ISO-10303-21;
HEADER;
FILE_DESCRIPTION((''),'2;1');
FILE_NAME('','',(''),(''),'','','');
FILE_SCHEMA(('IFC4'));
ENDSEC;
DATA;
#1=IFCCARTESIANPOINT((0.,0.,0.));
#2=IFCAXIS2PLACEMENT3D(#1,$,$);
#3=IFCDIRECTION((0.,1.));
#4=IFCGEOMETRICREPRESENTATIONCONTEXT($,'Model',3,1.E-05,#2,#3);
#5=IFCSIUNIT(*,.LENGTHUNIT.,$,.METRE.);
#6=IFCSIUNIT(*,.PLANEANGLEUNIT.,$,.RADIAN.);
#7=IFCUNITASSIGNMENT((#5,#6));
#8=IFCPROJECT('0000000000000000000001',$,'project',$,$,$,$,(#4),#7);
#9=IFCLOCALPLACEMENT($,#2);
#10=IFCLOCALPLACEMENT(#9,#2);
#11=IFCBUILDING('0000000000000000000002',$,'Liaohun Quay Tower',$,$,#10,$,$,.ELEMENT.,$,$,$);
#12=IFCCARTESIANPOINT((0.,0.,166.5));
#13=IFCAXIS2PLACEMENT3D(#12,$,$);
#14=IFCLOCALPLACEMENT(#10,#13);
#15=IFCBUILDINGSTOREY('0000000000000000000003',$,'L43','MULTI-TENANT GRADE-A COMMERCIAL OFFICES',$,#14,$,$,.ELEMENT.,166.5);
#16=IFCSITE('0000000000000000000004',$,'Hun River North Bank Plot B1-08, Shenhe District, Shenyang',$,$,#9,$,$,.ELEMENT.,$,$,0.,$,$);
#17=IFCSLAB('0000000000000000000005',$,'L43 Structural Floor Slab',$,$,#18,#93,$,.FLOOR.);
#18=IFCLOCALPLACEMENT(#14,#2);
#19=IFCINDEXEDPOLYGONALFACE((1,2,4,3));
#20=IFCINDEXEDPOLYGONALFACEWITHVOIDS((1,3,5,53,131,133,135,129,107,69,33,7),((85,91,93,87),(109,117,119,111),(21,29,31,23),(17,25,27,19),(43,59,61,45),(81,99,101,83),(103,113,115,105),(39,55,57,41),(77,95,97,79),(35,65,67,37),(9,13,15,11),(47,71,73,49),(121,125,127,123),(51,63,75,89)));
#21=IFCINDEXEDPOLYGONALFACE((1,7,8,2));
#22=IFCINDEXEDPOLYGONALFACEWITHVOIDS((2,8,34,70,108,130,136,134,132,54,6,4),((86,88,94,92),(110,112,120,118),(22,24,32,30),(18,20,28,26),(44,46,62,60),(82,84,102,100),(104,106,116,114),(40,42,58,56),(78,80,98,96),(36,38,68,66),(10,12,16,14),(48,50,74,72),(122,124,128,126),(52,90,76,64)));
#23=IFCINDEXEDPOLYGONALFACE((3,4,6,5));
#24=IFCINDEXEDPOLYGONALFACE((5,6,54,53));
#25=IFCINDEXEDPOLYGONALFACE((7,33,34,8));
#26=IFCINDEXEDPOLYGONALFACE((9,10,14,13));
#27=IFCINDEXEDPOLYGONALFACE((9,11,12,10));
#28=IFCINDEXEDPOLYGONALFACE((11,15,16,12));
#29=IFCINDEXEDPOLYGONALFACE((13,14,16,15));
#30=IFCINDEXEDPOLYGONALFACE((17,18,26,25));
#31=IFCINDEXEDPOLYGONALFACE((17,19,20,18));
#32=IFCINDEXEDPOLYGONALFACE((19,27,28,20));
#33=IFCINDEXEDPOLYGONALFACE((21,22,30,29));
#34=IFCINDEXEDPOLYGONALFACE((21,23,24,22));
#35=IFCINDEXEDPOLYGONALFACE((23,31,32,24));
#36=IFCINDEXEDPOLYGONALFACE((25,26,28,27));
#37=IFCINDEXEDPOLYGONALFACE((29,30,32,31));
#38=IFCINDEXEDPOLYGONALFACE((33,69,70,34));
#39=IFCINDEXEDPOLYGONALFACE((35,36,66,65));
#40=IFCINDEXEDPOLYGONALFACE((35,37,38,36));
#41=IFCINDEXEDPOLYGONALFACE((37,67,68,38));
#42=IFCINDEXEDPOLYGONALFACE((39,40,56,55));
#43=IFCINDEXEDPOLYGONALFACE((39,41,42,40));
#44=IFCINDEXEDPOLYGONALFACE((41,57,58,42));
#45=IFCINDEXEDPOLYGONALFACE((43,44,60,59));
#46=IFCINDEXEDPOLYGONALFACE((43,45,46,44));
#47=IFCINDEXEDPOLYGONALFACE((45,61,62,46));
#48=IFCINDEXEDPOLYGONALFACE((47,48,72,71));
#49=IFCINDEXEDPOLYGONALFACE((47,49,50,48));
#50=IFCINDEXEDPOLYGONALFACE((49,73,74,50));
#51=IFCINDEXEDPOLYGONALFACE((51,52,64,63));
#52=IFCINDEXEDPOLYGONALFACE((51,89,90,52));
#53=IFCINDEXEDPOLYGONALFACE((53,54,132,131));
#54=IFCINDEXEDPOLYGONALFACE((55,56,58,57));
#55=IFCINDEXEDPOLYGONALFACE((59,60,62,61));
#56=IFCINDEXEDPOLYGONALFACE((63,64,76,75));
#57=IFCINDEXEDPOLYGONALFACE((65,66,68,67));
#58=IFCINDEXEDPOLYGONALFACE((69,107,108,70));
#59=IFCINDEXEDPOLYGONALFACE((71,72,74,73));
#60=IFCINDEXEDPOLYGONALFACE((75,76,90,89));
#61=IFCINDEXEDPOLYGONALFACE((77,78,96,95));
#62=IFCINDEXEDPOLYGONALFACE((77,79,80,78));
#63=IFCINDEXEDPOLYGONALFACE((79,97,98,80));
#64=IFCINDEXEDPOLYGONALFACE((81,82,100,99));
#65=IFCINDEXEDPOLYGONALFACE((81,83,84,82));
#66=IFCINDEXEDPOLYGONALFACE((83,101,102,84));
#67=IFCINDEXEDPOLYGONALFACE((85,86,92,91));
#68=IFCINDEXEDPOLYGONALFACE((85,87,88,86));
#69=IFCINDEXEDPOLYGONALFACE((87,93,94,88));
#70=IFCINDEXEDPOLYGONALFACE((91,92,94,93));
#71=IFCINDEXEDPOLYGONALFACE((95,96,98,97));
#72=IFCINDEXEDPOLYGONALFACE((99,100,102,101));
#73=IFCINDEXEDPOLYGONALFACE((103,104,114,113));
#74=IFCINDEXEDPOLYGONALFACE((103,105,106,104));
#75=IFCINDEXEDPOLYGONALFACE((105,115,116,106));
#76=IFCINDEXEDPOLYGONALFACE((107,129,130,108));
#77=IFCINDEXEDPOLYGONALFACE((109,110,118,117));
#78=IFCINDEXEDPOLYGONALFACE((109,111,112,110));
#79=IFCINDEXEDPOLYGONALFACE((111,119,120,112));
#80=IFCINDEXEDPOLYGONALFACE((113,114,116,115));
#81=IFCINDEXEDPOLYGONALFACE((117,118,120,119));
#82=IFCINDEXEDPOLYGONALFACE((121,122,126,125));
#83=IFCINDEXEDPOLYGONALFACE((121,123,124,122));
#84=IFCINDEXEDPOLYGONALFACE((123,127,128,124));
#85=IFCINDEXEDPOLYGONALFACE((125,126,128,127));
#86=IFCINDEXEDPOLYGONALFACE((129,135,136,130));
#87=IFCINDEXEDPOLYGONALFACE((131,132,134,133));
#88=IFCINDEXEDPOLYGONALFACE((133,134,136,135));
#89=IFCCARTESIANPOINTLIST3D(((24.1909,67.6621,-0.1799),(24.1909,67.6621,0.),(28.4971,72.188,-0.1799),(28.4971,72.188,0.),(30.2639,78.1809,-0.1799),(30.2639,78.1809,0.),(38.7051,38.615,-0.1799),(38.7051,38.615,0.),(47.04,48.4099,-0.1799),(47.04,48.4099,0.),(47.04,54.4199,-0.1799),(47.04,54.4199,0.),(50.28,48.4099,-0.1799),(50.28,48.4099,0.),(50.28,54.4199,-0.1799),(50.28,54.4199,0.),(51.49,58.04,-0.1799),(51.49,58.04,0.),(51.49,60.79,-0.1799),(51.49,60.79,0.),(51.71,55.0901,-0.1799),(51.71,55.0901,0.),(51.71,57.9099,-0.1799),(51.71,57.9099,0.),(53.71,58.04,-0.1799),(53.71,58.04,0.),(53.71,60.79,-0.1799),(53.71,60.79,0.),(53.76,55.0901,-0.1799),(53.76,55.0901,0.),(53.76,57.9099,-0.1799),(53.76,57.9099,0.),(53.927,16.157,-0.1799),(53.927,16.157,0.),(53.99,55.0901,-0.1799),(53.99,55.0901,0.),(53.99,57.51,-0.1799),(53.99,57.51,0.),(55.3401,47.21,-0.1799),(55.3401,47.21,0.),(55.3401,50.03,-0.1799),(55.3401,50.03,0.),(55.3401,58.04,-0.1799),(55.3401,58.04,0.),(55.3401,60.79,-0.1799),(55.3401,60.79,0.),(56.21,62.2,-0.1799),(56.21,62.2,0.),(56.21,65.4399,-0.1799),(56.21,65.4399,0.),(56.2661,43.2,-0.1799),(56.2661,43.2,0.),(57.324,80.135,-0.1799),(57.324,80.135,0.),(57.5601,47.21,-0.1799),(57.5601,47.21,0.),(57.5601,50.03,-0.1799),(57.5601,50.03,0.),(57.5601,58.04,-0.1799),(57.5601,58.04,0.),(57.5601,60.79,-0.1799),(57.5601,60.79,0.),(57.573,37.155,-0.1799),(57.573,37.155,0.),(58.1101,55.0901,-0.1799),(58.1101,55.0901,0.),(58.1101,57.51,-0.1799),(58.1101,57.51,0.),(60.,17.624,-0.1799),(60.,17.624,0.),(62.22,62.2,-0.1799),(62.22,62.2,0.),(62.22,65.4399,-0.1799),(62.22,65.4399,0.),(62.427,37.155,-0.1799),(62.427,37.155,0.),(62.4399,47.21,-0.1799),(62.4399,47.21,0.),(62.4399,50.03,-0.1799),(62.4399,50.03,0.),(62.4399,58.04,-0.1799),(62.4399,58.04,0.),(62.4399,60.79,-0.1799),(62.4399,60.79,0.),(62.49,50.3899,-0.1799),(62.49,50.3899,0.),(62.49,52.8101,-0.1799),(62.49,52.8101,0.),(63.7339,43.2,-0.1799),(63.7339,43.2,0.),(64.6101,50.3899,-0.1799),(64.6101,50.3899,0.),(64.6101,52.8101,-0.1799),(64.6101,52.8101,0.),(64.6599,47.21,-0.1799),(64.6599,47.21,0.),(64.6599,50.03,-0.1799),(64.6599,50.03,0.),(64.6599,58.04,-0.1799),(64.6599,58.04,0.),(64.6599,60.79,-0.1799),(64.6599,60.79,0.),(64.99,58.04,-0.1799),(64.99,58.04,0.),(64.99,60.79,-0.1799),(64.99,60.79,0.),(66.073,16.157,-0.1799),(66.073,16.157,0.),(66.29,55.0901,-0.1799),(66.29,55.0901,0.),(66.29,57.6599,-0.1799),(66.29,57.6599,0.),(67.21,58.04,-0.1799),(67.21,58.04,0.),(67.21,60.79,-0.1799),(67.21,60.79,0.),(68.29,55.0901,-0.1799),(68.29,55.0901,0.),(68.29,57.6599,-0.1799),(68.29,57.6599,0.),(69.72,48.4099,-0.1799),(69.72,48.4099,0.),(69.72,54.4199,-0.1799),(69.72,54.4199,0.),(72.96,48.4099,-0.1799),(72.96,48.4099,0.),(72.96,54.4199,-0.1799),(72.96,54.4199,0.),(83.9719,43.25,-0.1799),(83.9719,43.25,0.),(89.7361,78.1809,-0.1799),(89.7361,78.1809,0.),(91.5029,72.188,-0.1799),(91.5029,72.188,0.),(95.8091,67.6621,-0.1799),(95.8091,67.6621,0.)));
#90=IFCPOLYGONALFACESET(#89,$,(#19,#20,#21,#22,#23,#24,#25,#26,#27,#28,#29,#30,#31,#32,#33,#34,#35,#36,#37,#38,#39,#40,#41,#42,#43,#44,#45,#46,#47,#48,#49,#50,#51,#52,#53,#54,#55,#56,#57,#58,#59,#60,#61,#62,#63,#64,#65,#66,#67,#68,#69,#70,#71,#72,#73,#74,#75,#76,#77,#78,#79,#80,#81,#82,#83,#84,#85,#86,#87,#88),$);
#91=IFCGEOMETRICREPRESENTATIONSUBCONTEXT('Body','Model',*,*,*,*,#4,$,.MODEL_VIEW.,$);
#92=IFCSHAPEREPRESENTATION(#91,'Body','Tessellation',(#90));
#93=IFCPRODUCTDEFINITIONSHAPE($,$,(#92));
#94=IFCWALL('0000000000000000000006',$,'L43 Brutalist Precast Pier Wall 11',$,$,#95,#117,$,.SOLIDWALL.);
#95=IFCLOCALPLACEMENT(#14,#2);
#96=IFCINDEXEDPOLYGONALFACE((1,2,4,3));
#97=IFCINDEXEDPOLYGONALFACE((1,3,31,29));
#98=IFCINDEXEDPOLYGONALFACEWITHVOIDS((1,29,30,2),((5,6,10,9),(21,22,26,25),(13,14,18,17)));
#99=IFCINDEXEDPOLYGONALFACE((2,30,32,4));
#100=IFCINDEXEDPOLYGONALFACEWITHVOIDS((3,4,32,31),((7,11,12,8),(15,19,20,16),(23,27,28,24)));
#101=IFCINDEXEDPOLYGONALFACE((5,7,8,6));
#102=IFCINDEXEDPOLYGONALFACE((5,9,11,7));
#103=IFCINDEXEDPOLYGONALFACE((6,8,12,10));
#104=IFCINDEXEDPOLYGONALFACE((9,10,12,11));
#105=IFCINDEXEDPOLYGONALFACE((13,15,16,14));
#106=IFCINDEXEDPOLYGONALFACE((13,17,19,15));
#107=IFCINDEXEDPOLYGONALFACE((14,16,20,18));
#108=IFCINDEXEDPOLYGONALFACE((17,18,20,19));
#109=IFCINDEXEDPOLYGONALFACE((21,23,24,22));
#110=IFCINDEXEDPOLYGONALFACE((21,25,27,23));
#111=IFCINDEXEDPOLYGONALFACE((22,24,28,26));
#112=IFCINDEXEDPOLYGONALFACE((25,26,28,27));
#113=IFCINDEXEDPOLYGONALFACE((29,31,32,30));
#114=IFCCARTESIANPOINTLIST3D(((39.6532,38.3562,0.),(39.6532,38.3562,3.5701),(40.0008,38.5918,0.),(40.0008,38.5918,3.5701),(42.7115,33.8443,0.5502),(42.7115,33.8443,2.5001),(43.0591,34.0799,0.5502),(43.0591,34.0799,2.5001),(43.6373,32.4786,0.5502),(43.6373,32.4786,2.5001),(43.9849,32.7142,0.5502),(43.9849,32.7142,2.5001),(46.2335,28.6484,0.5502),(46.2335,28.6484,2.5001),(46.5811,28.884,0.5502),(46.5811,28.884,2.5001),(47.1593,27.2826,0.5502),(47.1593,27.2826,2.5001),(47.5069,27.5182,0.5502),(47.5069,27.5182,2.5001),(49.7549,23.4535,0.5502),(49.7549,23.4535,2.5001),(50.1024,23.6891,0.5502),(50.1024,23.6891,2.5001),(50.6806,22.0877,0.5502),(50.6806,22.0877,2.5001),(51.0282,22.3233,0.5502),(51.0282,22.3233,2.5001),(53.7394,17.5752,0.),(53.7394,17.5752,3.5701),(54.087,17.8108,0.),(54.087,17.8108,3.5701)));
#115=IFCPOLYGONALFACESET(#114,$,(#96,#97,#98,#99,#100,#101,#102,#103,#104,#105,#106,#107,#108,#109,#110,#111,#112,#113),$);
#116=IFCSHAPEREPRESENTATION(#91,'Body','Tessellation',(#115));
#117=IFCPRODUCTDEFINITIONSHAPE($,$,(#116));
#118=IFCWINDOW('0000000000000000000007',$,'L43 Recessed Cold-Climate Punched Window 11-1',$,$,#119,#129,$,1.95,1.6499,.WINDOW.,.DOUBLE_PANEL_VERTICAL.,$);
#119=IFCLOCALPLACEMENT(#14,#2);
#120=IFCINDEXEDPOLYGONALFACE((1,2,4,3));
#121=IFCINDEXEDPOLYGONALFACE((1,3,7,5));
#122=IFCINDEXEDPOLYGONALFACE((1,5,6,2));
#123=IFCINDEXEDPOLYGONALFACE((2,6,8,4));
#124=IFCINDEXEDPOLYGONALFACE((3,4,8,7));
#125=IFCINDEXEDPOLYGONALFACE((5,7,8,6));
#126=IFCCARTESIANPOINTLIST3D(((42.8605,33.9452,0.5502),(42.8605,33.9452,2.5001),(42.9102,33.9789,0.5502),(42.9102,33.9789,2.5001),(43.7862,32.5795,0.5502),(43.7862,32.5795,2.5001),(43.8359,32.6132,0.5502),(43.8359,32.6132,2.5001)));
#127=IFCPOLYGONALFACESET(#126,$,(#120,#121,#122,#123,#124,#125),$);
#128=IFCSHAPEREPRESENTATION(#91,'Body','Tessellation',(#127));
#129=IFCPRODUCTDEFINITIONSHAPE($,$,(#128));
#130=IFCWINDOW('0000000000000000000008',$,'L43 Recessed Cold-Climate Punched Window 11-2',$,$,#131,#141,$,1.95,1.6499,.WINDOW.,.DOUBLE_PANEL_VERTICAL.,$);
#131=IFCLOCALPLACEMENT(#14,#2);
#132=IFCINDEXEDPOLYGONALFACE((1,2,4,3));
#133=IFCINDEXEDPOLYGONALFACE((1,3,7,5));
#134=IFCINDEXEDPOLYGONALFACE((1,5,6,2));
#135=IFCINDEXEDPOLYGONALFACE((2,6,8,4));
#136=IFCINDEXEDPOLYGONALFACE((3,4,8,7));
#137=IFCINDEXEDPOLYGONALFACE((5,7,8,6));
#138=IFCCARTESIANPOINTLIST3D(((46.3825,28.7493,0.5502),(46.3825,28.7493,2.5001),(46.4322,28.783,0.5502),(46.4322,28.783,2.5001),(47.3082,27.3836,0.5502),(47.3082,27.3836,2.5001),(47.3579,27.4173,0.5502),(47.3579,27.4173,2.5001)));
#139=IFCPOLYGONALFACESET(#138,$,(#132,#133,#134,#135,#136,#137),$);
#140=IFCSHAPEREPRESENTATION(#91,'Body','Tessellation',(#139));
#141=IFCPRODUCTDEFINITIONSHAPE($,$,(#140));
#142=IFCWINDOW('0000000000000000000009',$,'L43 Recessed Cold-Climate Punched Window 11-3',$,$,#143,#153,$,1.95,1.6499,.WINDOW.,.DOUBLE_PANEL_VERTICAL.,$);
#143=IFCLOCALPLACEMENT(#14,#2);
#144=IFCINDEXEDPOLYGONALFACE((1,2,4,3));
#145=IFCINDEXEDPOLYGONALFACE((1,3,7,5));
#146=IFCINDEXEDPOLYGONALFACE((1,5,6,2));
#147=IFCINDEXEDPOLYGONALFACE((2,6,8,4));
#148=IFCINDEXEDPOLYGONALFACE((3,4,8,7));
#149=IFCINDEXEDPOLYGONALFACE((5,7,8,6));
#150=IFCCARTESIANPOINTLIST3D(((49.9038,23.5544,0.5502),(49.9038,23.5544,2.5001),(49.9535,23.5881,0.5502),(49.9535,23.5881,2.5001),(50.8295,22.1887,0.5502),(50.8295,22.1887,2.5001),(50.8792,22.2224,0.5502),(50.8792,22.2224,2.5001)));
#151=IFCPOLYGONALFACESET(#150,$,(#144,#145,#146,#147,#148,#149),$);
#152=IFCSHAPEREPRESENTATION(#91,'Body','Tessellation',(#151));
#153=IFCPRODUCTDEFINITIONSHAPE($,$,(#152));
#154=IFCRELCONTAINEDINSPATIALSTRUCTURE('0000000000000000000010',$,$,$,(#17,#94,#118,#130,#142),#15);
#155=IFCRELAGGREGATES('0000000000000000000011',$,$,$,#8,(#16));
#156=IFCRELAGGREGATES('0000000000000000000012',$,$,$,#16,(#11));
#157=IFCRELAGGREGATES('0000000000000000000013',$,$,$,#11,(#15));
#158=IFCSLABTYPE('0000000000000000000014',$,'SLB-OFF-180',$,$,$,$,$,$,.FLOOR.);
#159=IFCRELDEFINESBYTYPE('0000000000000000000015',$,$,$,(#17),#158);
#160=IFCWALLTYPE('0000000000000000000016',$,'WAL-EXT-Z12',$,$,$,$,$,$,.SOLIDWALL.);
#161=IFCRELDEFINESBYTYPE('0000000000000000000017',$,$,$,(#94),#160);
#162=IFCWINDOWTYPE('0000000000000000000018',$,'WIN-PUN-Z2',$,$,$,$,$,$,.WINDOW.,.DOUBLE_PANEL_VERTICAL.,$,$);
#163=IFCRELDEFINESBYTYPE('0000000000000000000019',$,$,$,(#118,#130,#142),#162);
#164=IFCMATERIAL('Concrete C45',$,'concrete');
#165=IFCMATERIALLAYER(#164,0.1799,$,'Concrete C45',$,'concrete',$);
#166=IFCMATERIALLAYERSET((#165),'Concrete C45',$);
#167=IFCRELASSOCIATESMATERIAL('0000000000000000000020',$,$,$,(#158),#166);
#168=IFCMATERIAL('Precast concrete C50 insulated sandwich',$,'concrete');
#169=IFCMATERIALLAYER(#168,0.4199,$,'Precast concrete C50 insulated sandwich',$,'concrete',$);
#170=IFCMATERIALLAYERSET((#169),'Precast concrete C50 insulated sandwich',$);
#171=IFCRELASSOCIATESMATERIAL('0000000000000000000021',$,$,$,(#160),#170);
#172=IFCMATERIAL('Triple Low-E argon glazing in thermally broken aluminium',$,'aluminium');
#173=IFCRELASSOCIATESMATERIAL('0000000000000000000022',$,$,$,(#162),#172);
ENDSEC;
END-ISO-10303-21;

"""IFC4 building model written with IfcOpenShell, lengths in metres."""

from ifc_helpers import new_model, si_unit, direction, frame, frame_2d, origin, place, context, subcontext, project, spatial, polyline, rectangle, outline, extrude, source, transform, mapped, material, layer, layer_set, type_object, element, fill, save


model = new_model("IFC4")

# Units and contexts
model_context = context("Model", 3, precision=1e-05, world=origin(), true_north=direction((0.0, 1.0)))
body_context = subcontext(model_context, "Body", "Model", "MODEL_VIEW")
ifc_project = project(units=[si_unit("LENGTHUNIT", "METRE"), si_unit("PLANEANGLEUNIT", "RADIAN")], contexts=[model_context])

# Site, building, storey
site_placement = place(None, origin())
site = spatial("IfcSite", under=ifc_project, at=site_placement, Name="Hun River North Bank Plot B1-08, Shenhe District, Shenyang", CompositionType="ELEMENT", RefElevation=0.0)
building_placement = place(site_placement, origin())
building = spatial("IfcBuilding", under=site, at=building_placement, Name="Liaohun Quay Tower", CompositionType="ELEMENT")
storey_placement = place(building_placement, frame((0.0, 0.0, 166.5)))
storey = spatial("IfcBuildingStorey", under=building, at=storey_placement, Name="L43", Description="MULTI-TENANT GRADE-A COMMERCIAL OFFICES", CompositionType="ELEMENT", Elevation=166.5)

# Shared definitions
ifc_material_1 = material(Name="Concrete C45", Category="concrete")

# Slab
ifc_layer_1 = layer(ifc_material_1, 0.1799, Name="Concrete C45", Category="concrete")
ifc_layer_set_1 = layer_set([ifc_layer_1], Name="Concrete C45")
slab_type_1 = type_object("IfcSlabType", Name="SLB-OFF-180", PredefinedType="FLOOR", material=ifc_layer_set_1)
slab_1_placement = place(storey_placement, frame((0.0, 0.0, -0.1799)))
element("IfcSlab", 1, at=slab_1_placement, inside=storey, type_object=slab_type_1, Name="L43 Structural Floor Slab", PredefinedType="FLOOR", context=body_context, shape_type="SweptSolid", body=[
    extrude(outline(polyline([(53.927, 16.157), (60.0, 17.624), (66.073, 16.157), (83.9719, 43.25), (95.8091, 67.6621), (91.5029, 72.188), (89.7361, 78.1809), (57.324, 80.135), (30.2639, 78.1809), (28.4971, 72.188), (24.1909, 67.6621), (38.7051, 38.615), (53.927, 16.157)]), holes=[polyline([(57.5601, 50.03), (55.3401, 50.03), (55.3401, 47.21), (57.5601, 47.21), (57.5601, 50.03)]), polyline([(50.28, 54.4199), (47.04, 54.4199), (47.04, 48.4099), (50.28, 48.4099), (50.28, 54.4199)]), polyline([(53.99, 55.0901), (58.1101, 55.0901), (58.1101, 57.51), (53.99, 57.51), (53.99, 55.0901)]), polyline([(53.76, 55.0901), (53.76, 57.9099), (51.71, 57.9099), (51.71, 55.0901), (53.76, 55.0901)]), polyline([(53.71, 58.04), (53.71, 60.79), (51.49, 60.79), (51.49, 58.04), (53.71, 58.04)]), polyline([(57.5601, 58.04), (57.5601, 60.79), (55.3401, 60.79), (55.3401, 58.04), (57.5601, 58.04)]), polyline([(62.22, 62.2), (62.22, 65.4399), (56.21, 65.4399), (56.21, 62.2), (62.22, 62.2)]), polyline([(62.427, 37.155), (63.7339, 43.2), (56.2661, 43.2), (57.573, 37.155), (62.427, 37.155)]), polyline([(64.6599, 47.21), (64.6599, 50.03), (62.4399, 50.03), (62.4399, 47.21), (64.6599, 47.21)]), polyline([(72.96, 54.4199), (69.72, 54.4199), (69.72, 48.4099), (72.96, 48.4099), (72.96, 54.4199)]), polyline([(64.6101, 50.3899), (64.6101, 52.8101), (62.49, 52.8101), (62.49, 50.3899), (64.6101, 50.3899)]), polyline([(68.29, 55.0901), (68.29, 57.6599), (66.29, 57.6599), (66.29, 55.0901), (68.29, 55.0901)]), polyline([(64.6599, 58.04), (64.6599, 60.79), (62.4399, 60.79), (62.4399, 58.04), (64.6599, 58.04)]), polyline([(67.21, 58.04), (67.21, 60.79), (64.99, 60.79), (64.99, 58.04), (67.21, 58.04)])]), origin(), (0.0, 0.0, 1.0), 0.1799),
])

# Wall, openings, windows
ifc_material_2 = material(Name="Precast concrete C50 insulated sandwich", Category="concrete")
ifc_layer_2 = layer(ifc_material_2, 0.4199, Name="Precast concrete C50 insulated sandwich", Category="concrete")
ifc_layer_set_2 = layer_set([ifc_layer_2], Name="Precast concrete C50 insulated sandwich")
wall_type_1 = type_object("IfcWallType", Name="WAL-EXT-Z12", PredefinedType="SOLIDWALL", material=ifc_layer_set_2)
wall_1_placement = place(storey_placement, frame((39.8269, 38.4741, 0.0), z_axis=(0.0, 0.0, 1.0), x_axis=(0.561086, -0.827757, 0.0)))
wall_1 = element("IfcWall", 2, at=wall_1_placement, inside=storey, type_object=wall_type_1, Name="L43 Brutalist Precast Pier Wall 11", PredefinedType="SOLIDWALL", context=body_context, shape_type="SweptSolid", body=[
    extrude(rectangle(XDim=25.1052, YDim=0.4199, at=frame_2d((12.5527, 0.0))), origin(), (0.0, 0.0, 1.0), 3.5701),
])
shared_shape_1 = source(origin(), body_context, "Body", "SweptSolid", [
    extrude(rectangle(XDim=1.6499, YDim=1.95, at=frame_2d((0.825, 0.9751))), frame((0.0, 0.22, 0.0), z_axis=(0.0, -1.0, 0.0), x_axis=(1.0, 0.0, 0.0)), (0.0, 0.0, 1.0), 0.4399),
])
opening_1_placement = place(wall_1_placement, frame((5.4509, 0.0, 0.55)))
opening_1 = element("IfcOpeningElement", 3, at=opening_1_placement, cuts=wall_1, PredefinedType="OPENING", context=body_context, shape_type="MappedRepresentation", body=[
    mapped(shared_shape_1, transform((0.0, 0.0, 0.0), x_axis=(1.0, 0.0, 0.0), y_axis=(0.0, 1.0, 0.0), z_axis=(0.0, 0.0, 1.0), scale=1.0)),
])
opening_2_placement = place(wall_1_placement, frame((11.728, 0.0, 0.55)))
opening_2 = element("IfcOpeningElement", 4, at=opening_2_placement, cuts=wall_1, PredefinedType="OPENING", context=body_context, shape_type="MappedRepresentation", body=[
    mapped(shared_shape_1, transform((0.0, 0.0, 0.0), x_axis=(1.0, 0.0, 0.0), y_axis=(0.0, 1.0, 0.0), z_axis=(0.0, 0.0, 1.0), scale=1.0)),
])
opening_3_placement = place(wall_1_placement, frame((18.0039, 0.0, 0.55)))
opening_3 = element("IfcOpeningElement", 5, at=opening_3_placement, cuts=wall_1, PredefinedType="OPENING", context=body_context, shape_type="MappedRepresentation", body=[
    mapped(shared_shape_1, transform((0.0, 0.0, 0.0), x_axis=(1.0, 0.0, 0.0), y_axis=(0.0, 1.0, 0.0), z_axis=(0.0, 0.0, 1.0), scale=1.0)),
])
ifc_material_3 = material(Name="Triple Low-E argon glazing in thermally broken aluminium", Category="aluminium")
window_type = type_object("IfcWindowType", Name="WIN-PUN-Z2", PartitioningType="DOUBLE_PANEL_VERTICAL", PredefinedType="WINDOW", material=ifc_material_3)
shared_shape_2 = source(origin(), body_context, "Body", "SweptSolid", [
    extrude(rectangle(XDim=1.6499, YDim=1.95, at=frame_2d((0.825, 0.9751))), frame((0.0, 0.03, 0.0), z_axis=(0.0, -1.0, 0.0), x_axis=(1.0, 0.0, 0.0)), (0.0, 0.0, 1.0), 0.0601),
])
window_1_placement = place(opening_1_placement, origin())
window_1 = element("IfcWindow", 6, at=window_1_placement, inside=storey, type_object=window_type, Name="L43 Recessed Cold-Climate Punched Window 11-1", OverallHeight=1.95, OverallWidth=1.6499, PartitioningType="DOUBLE_PANEL_VERTICAL", PredefinedType="WINDOW", context=body_context, shape_type="MappedRepresentation", body=[
    mapped(shared_shape_2, transform((0.0, 0.0, 0.0), x_axis=(1.0, 0.0, 0.0), y_axis=(0.0, 1.0, 0.0), z_axis=(0.0, 0.0, 1.0), scale=1.0)),
])
fill(opening_1, window_1)
window_2_placement = place(opening_2_placement, origin())
window_2 = element("IfcWindow", 7, at=window_2_placement, inside=storey, type_object=window_type, Name="L43 Recessed Cold-Climate Punched Window 11-2", OverallHeight=1.95, OverallWidth=1.6499, PartitioningType="DOUBLE_PANEL_VERTICAL", PredefinedType="WINDOW", context=body_context, shape_type="MappedRepresentation", body=[
    mapped(shared_shape_2, transform((0.0, 0.0, 0.0), x_axis=(1.0, 0.0, 0.0), y_axis=(0.0, 1.0, 0.0), z_axis=(0.0, 0.0, 1.0), scale=1.0)),
])
fill(opening_2, window_2)
window_3_placement = place(opening_3_placement, origin())
window_3 = element("IfcWindow", 8, at=window_3_placement, inside=storey, type_object=window_type, Name="L43 Recessed Cold-Climate Punched Window 11-3", OverallHeight=1.95, OverallWidth=1.6499, PartitioningType="DOUBLE_PANEL_VERTICAL", PredefinedType="WINDOW", context=body_context, shape_type="MappedRepresentation", body=[
    mapped(shared_shape_2, transform((0.0, 0.0, 0.0), x_axis=(1.0, 0.0, 0.0), y_axis=(0.0, 1.0, 0.0), z_axis=(0.0, 0.0, 1.0), scale=1.0)),
])
fill(opening_3, window_3)

save(model, "model.ifc")
